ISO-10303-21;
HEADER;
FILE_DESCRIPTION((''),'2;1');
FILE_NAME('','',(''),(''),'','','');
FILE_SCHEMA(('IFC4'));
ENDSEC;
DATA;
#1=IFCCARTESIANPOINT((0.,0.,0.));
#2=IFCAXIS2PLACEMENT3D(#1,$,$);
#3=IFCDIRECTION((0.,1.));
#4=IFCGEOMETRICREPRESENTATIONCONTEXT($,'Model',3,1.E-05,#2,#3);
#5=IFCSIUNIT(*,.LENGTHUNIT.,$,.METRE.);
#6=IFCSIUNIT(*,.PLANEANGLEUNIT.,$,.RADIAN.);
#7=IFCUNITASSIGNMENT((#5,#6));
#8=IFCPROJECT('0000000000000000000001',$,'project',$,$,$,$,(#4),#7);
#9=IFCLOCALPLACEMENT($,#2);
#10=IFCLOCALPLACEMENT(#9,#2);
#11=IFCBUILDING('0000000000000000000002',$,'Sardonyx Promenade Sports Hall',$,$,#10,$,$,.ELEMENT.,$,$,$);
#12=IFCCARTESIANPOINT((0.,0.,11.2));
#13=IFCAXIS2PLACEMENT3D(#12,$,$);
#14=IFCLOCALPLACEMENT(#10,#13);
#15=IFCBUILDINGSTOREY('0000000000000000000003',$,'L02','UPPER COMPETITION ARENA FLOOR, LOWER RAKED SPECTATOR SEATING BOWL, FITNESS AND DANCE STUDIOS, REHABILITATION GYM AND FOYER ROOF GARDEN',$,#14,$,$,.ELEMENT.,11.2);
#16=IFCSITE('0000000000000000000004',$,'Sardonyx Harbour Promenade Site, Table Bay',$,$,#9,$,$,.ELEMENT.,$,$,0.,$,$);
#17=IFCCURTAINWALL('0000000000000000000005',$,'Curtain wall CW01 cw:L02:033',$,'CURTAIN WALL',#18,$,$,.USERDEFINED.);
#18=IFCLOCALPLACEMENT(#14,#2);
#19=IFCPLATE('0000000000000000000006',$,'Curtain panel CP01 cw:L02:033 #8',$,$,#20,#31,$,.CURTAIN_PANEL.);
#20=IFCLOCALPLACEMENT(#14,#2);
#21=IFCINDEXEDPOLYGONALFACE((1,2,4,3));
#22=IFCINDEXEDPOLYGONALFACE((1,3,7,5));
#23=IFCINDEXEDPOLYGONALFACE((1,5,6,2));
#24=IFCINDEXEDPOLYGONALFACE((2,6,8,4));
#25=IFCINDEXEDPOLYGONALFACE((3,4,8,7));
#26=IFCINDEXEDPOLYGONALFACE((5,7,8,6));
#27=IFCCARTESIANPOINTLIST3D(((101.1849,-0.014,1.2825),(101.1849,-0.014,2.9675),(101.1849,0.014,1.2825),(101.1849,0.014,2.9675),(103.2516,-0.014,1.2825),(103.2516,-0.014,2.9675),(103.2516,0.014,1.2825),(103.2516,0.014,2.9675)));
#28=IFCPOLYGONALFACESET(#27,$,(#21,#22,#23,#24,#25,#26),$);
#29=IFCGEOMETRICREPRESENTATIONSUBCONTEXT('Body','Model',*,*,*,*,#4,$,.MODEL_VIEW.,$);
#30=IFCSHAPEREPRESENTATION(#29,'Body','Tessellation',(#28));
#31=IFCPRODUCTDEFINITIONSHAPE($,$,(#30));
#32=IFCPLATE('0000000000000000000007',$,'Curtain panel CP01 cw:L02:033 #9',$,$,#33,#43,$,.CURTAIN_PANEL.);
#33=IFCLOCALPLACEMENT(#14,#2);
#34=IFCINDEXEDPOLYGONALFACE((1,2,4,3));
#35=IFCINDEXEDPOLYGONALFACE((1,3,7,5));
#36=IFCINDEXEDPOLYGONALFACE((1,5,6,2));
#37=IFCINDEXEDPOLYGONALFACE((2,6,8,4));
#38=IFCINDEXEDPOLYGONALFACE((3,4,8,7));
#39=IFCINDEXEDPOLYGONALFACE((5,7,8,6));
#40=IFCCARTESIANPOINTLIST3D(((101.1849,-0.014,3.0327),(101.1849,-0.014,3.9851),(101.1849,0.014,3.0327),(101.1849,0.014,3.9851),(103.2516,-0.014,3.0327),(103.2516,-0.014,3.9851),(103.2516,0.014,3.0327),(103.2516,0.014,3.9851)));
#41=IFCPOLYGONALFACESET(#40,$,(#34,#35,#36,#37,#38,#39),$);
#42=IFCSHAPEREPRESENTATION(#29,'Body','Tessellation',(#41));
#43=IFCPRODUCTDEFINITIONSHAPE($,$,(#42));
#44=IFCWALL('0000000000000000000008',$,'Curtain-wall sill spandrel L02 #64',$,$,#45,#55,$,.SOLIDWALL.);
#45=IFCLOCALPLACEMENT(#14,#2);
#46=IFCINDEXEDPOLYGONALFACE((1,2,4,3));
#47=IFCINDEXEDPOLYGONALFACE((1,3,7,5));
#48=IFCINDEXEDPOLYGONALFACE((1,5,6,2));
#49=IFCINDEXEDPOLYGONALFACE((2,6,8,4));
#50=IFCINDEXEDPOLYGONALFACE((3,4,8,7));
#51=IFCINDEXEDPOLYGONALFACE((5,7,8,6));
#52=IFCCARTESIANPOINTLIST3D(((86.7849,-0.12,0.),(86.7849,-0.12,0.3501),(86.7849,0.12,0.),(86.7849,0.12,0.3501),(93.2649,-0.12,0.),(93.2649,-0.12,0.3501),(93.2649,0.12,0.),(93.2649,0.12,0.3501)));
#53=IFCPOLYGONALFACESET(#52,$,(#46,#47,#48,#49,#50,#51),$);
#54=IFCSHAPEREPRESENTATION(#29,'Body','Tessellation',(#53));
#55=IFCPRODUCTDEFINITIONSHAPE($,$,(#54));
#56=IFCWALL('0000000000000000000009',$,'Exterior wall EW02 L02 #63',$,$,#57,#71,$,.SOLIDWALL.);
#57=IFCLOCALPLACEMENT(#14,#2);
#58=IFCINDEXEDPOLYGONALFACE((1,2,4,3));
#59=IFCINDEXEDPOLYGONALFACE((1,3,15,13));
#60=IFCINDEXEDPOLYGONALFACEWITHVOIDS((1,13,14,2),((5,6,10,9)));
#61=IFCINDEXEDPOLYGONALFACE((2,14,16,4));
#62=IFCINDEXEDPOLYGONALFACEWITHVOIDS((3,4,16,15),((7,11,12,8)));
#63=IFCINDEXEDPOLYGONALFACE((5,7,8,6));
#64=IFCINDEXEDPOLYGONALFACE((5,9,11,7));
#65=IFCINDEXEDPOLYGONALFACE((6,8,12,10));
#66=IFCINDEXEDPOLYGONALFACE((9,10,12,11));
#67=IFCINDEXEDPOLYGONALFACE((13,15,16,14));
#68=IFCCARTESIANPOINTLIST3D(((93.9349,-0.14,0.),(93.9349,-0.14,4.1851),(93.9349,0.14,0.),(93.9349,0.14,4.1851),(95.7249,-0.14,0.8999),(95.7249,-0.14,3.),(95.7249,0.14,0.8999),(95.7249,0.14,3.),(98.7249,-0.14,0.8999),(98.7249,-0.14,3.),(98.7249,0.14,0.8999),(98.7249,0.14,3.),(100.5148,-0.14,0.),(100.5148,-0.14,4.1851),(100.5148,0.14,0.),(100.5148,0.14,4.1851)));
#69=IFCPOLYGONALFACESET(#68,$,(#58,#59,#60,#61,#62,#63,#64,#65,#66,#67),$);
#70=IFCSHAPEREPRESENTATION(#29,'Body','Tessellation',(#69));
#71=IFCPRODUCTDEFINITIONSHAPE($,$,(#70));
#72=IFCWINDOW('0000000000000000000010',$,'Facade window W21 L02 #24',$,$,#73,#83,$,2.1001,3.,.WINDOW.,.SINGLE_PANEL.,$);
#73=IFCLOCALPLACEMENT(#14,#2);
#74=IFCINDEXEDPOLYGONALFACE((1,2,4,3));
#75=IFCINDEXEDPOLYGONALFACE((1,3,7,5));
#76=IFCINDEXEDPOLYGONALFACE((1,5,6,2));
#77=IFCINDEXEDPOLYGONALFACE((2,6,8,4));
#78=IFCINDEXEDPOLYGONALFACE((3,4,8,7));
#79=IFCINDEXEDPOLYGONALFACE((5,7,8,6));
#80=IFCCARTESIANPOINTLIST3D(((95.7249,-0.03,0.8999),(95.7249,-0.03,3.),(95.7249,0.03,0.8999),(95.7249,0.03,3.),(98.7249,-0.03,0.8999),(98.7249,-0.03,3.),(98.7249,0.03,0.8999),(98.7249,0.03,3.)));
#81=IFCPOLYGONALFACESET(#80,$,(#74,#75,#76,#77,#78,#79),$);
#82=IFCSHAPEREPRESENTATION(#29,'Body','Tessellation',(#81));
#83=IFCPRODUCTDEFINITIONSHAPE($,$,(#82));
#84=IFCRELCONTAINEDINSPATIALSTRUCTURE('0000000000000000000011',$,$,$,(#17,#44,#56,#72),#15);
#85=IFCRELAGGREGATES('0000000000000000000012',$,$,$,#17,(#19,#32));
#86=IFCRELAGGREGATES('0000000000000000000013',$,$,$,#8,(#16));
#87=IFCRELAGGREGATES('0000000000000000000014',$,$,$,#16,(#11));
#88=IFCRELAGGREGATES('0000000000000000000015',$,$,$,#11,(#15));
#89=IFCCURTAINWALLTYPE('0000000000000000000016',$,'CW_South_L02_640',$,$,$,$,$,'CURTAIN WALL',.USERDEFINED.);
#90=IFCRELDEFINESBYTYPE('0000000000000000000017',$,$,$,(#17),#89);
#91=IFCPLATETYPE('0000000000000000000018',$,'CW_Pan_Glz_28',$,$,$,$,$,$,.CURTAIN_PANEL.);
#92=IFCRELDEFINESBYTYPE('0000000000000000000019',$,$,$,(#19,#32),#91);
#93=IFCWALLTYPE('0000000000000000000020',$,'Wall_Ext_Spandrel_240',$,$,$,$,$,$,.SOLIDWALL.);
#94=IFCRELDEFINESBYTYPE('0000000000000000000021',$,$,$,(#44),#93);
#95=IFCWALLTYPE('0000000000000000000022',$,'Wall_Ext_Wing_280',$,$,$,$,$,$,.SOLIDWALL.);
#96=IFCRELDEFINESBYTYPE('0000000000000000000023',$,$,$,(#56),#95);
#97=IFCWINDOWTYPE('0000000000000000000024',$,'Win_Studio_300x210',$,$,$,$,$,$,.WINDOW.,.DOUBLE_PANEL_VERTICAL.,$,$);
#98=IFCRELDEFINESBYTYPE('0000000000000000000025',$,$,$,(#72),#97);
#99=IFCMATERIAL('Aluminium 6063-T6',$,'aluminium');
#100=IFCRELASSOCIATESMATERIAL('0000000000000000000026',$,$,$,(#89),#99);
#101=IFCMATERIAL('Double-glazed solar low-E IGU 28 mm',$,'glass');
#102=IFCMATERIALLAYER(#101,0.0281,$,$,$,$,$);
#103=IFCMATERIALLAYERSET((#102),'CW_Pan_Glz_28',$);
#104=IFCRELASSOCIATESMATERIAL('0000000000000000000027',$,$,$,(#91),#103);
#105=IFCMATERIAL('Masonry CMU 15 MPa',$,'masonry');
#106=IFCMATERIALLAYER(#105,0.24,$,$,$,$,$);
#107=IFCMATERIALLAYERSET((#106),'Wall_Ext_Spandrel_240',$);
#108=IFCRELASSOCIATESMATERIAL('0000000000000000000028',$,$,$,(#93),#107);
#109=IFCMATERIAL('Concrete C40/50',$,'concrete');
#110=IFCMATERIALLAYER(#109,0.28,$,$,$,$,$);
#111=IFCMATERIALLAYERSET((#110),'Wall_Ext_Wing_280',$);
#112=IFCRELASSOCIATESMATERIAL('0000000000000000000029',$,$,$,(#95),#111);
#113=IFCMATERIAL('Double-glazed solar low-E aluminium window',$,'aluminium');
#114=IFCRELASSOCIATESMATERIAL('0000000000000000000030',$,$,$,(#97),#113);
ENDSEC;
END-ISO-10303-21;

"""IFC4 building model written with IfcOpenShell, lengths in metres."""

from ifc_helpers import new_model, si_unit, direction, frame, frame_2d, origin, origin_2d, place, context, subcontext, project, spatial, rectangle, extrude, material, layer, layer_set, type_object, element, fill, aggregate, save


model = new_model("IFC4")

# Units and contexts
model_context = context("Model", 3, precision=1e-05, world=origin(), true_north=direction((0.0, 1.0)))
body_context = subcontext(model_context, "Body", "Model", "MODEL_VIEW")
ifc_project = project(units=[si_unit("LENGTHUNIT", "METRE"), si_unit("PLANEANGLEUNIT", "RADIAN")], contexts=[model_context])

# Site, building, storey
site_placement = place(None, origin())
site = spatial("IfcSite", under=ifc_project, at=site_placement, Name="Sardonyx Harbour Promenade Site, Table Bay", CompositionType="ELEMENT", RefElevation=0.0)
building_placement = place(site_placement, origin())
building = spatial("IfcBuilding", under=site, at=building_placement, Name="Sardonyx Promenade Sports Hall", CompositionType="ELEMENT")
storey_placement = place(building_placement, frame((0.0, 0.0, 11.2)))
storey = spatial("IfcBuildingStorey", under=building, at=storey_placement, Name="L02", Description="UPPER COMPETITION ARENA FLOOR, LOWER RAKED SPECTATOR SEATING BOWL, FITNESS AND DANCE STUDIOS, REHABILITATION GYM AND FOYER ROOF GARDEN", CompositionType="ELEMENT", Elevation=11.2)

# Curtain wall, plates
ifc_material_1 = material(Name="Aluminium 6063-T6", Category="aluminium")
curtain_wall_type = type_object("IfcCurtainWallType", Name="CW_South_L02_640", ElementType="CURTAIN WALL", PredefinedType="USERDEFINED", material=ifc_material_1)
curtain_wall_placement = place(storey_placement, origin())
curtain_wall = element("IfcCurtainWall", 1, at=curtain_wall_placement, inside=storey, type_object=curtain_wall_type, Name="Curtain wall CW01 cw:L02:033", ObjectType="CURTAIN WALL", PredefinedType="USERDEFINED")
ifc_material_2 = material(Name="Double-glazed solar low-E IGU 28 mm", Category="glass")
ifc_layer_1 = layer(ifc_material_2, 0.0281)
ifc_layer_set_1 = layer_set([ifc_layer_1], Name="CW_Pan_Glz_28")
plate_type = type_object("IfcPlateType", Name="CW_Pan_Glz_28", PredefinedType="CURTAIN_PANEL", material=ifc_layer_set_1)
plate_1_placement = place(storey_placement, frame((102.2183, 0.0, 1.2825), z_axis=(0.0, 0.0, 1.0), x_axis=(-1.0, 0.0, 0.0)))
plate_1 = element("IfcPlate", 2, at=plate_1_placement, type_object=plate_type, Name="Curtain panel CP01 cw:L02:033 #8", PredefinedType="CURTAIN_PANEL", context=body_context, shape_type="SweptSolid", body=[
    extrude(rectangle(XDim=2.0667, YDim=0.0281, at=origin_2d()), origin(), (0.0, 0.0, 1.0), 1.6851),
])
plate_2_placement = place(storey_placement, frame((102.2183, 0.0, 3.0327), z_axis=(0.0, 0.0, 1.0), x_axis=(-1.0, 0.0, 0.0)))
plate_2 = element("IfcPlate", 3, at=plate_2_placement, type_object=plate_type, Name="Curtain panel CP01 cw:L02:033 #9", PredefinedType="CURTAIN_PANEL", context=body_context, shape_type="SweptSolid", body=[
    extrude(rectangle(XDim=2.0667, YDim=0.0281, at=origin_2d()), origin(), (0.0, 0.0, 1.0), 0.9524),
])
aggregate(curtain_wall, [plate_1, plate_2])

# Wall
ifc_material_3 = material(Name="Masonry CMU 15 MPa", Category="masonry")
ifc_layer_2 = layer(ifc_material_3, 0.24)
ifc_layer_set_2 = layer_set([ifc_layer_2], Name="Wall_Ext_Spandrel_240")
wall_type_1 = type_object("IfcWallType", Name="Wall_Ext_Spandrel_240", PredefinedType="SOLIDWALL", material=ifc_layer_set_2)
wall_1_placement = place(storey_placement, frame((93.2649, 0.0, 0.0), z_axis=(0.0, 0.0, 1.0), x_axis=(-1.0, 0.0, 0.0)))
element("IfcWall", 4, at=wall_1_placement, inside=storey, type_object=wall_type_1, Name="Curtain-wall sill spandrel L02 #64", PredefinedType="SOLIDWALL", context=body_context, shape_type="SweptSolid", body=[
    extrude(rectangle(XDim=6.48, YDim=0.24, at=frame_2d((3.24, 0.0))), origin(), (0.0, 0.0, 1.0), 0.3501),
])

# Wall, opening, window
ifc_material_4 = material(Name="Concrete C40/50", Category="concrete")
ifc_layer_3 = layer(ifc_material_4, 0.28)
ifc_layer_set_3 = layer_set([ifc_layer_3], Name="Wall_Ext_Wing_280")
wall_type_2 = type_object("IfcWallType", Name="Wall_Ext_Wing_280", PredefinedType="SOLIDWALL", material=ifc_layer_set_3)
wall_2_placement = place(storey_placement, frame((100.5149, 0.0, 0.0), z_axis=(0.0, 0.0, 1.0), x_axis=(-1.0, 0.0, 0.0)))
wall_2 = element("IfcWall", 5, at=wall_2_placement, inside=storey, type_object=wall_type_2, Name="Exterior wall EW02 L02 #63", PredefinedType="SOLIDWALL", context=body_context, shape_type="SweptSolid", body=[
    extrude(rectangle(XDim=6.5798, YDim=0.28, at=frame_2d((3.29, 0.0))), origin(), (0.0, 0.0, 1.0), 4.1851),
])
opening_placement = place(wall_2_placement, frame((1.79, 0.0, 0.8999)))
opening = element("IfcOpeningElement", 6, at=opening_placement, cuts=wall_2, PredefinedType="OPENING", context=body_context, shape_type="SweptSolid", body=[
    extrude(rectangle(XDim=3.0, YDim=2.1001, at=frame_2d((1.5, 1.05))), frame((0.0, 0.15, 0.0), z_axis=(0.0, -1.0, 0.0), x_axis=(1.0, 0.0, 0.0)), (0.0, 0.0, 1.0), 0.3),
])
ifc_material_5 = material(Name="Double-glazed solar low-E aluminium window", Category="aluminium")
window_type = type_object("IfcWindowType", Name="Win_Studio_300x210", PartitioningType="DOUBLE_PANEL_VERTICAL", PredefinedType="WINDOW", material=ifc_material_5)
window_placement = place(opening_placement, origin())
window = element("IfcWindow", 7, at=window_placement, inside=storey, type_object=window_type, Name="Facade window W21 L02 #24", OverallHeight=2.1001, OverallWidth=3.0, PartitioningType="SINGLE_PANEL", PredefinedType="WINDOW", context=body_context, shape_type="SweptSolid", body=[
    extrude(rectangle(XDim=3.0, YDim=2.1001, at=frame_2d((1.5, 1.05))), frame((0.0, 0.03, 0.0), z_axis=(0.0, -1.0, 0.0), x_axis=(1.0, 0.0, 0.0)), (0.0, 0.0, 1.0), 0.0601),
])
fill(opening, window)

save(model, "model.ifc")
